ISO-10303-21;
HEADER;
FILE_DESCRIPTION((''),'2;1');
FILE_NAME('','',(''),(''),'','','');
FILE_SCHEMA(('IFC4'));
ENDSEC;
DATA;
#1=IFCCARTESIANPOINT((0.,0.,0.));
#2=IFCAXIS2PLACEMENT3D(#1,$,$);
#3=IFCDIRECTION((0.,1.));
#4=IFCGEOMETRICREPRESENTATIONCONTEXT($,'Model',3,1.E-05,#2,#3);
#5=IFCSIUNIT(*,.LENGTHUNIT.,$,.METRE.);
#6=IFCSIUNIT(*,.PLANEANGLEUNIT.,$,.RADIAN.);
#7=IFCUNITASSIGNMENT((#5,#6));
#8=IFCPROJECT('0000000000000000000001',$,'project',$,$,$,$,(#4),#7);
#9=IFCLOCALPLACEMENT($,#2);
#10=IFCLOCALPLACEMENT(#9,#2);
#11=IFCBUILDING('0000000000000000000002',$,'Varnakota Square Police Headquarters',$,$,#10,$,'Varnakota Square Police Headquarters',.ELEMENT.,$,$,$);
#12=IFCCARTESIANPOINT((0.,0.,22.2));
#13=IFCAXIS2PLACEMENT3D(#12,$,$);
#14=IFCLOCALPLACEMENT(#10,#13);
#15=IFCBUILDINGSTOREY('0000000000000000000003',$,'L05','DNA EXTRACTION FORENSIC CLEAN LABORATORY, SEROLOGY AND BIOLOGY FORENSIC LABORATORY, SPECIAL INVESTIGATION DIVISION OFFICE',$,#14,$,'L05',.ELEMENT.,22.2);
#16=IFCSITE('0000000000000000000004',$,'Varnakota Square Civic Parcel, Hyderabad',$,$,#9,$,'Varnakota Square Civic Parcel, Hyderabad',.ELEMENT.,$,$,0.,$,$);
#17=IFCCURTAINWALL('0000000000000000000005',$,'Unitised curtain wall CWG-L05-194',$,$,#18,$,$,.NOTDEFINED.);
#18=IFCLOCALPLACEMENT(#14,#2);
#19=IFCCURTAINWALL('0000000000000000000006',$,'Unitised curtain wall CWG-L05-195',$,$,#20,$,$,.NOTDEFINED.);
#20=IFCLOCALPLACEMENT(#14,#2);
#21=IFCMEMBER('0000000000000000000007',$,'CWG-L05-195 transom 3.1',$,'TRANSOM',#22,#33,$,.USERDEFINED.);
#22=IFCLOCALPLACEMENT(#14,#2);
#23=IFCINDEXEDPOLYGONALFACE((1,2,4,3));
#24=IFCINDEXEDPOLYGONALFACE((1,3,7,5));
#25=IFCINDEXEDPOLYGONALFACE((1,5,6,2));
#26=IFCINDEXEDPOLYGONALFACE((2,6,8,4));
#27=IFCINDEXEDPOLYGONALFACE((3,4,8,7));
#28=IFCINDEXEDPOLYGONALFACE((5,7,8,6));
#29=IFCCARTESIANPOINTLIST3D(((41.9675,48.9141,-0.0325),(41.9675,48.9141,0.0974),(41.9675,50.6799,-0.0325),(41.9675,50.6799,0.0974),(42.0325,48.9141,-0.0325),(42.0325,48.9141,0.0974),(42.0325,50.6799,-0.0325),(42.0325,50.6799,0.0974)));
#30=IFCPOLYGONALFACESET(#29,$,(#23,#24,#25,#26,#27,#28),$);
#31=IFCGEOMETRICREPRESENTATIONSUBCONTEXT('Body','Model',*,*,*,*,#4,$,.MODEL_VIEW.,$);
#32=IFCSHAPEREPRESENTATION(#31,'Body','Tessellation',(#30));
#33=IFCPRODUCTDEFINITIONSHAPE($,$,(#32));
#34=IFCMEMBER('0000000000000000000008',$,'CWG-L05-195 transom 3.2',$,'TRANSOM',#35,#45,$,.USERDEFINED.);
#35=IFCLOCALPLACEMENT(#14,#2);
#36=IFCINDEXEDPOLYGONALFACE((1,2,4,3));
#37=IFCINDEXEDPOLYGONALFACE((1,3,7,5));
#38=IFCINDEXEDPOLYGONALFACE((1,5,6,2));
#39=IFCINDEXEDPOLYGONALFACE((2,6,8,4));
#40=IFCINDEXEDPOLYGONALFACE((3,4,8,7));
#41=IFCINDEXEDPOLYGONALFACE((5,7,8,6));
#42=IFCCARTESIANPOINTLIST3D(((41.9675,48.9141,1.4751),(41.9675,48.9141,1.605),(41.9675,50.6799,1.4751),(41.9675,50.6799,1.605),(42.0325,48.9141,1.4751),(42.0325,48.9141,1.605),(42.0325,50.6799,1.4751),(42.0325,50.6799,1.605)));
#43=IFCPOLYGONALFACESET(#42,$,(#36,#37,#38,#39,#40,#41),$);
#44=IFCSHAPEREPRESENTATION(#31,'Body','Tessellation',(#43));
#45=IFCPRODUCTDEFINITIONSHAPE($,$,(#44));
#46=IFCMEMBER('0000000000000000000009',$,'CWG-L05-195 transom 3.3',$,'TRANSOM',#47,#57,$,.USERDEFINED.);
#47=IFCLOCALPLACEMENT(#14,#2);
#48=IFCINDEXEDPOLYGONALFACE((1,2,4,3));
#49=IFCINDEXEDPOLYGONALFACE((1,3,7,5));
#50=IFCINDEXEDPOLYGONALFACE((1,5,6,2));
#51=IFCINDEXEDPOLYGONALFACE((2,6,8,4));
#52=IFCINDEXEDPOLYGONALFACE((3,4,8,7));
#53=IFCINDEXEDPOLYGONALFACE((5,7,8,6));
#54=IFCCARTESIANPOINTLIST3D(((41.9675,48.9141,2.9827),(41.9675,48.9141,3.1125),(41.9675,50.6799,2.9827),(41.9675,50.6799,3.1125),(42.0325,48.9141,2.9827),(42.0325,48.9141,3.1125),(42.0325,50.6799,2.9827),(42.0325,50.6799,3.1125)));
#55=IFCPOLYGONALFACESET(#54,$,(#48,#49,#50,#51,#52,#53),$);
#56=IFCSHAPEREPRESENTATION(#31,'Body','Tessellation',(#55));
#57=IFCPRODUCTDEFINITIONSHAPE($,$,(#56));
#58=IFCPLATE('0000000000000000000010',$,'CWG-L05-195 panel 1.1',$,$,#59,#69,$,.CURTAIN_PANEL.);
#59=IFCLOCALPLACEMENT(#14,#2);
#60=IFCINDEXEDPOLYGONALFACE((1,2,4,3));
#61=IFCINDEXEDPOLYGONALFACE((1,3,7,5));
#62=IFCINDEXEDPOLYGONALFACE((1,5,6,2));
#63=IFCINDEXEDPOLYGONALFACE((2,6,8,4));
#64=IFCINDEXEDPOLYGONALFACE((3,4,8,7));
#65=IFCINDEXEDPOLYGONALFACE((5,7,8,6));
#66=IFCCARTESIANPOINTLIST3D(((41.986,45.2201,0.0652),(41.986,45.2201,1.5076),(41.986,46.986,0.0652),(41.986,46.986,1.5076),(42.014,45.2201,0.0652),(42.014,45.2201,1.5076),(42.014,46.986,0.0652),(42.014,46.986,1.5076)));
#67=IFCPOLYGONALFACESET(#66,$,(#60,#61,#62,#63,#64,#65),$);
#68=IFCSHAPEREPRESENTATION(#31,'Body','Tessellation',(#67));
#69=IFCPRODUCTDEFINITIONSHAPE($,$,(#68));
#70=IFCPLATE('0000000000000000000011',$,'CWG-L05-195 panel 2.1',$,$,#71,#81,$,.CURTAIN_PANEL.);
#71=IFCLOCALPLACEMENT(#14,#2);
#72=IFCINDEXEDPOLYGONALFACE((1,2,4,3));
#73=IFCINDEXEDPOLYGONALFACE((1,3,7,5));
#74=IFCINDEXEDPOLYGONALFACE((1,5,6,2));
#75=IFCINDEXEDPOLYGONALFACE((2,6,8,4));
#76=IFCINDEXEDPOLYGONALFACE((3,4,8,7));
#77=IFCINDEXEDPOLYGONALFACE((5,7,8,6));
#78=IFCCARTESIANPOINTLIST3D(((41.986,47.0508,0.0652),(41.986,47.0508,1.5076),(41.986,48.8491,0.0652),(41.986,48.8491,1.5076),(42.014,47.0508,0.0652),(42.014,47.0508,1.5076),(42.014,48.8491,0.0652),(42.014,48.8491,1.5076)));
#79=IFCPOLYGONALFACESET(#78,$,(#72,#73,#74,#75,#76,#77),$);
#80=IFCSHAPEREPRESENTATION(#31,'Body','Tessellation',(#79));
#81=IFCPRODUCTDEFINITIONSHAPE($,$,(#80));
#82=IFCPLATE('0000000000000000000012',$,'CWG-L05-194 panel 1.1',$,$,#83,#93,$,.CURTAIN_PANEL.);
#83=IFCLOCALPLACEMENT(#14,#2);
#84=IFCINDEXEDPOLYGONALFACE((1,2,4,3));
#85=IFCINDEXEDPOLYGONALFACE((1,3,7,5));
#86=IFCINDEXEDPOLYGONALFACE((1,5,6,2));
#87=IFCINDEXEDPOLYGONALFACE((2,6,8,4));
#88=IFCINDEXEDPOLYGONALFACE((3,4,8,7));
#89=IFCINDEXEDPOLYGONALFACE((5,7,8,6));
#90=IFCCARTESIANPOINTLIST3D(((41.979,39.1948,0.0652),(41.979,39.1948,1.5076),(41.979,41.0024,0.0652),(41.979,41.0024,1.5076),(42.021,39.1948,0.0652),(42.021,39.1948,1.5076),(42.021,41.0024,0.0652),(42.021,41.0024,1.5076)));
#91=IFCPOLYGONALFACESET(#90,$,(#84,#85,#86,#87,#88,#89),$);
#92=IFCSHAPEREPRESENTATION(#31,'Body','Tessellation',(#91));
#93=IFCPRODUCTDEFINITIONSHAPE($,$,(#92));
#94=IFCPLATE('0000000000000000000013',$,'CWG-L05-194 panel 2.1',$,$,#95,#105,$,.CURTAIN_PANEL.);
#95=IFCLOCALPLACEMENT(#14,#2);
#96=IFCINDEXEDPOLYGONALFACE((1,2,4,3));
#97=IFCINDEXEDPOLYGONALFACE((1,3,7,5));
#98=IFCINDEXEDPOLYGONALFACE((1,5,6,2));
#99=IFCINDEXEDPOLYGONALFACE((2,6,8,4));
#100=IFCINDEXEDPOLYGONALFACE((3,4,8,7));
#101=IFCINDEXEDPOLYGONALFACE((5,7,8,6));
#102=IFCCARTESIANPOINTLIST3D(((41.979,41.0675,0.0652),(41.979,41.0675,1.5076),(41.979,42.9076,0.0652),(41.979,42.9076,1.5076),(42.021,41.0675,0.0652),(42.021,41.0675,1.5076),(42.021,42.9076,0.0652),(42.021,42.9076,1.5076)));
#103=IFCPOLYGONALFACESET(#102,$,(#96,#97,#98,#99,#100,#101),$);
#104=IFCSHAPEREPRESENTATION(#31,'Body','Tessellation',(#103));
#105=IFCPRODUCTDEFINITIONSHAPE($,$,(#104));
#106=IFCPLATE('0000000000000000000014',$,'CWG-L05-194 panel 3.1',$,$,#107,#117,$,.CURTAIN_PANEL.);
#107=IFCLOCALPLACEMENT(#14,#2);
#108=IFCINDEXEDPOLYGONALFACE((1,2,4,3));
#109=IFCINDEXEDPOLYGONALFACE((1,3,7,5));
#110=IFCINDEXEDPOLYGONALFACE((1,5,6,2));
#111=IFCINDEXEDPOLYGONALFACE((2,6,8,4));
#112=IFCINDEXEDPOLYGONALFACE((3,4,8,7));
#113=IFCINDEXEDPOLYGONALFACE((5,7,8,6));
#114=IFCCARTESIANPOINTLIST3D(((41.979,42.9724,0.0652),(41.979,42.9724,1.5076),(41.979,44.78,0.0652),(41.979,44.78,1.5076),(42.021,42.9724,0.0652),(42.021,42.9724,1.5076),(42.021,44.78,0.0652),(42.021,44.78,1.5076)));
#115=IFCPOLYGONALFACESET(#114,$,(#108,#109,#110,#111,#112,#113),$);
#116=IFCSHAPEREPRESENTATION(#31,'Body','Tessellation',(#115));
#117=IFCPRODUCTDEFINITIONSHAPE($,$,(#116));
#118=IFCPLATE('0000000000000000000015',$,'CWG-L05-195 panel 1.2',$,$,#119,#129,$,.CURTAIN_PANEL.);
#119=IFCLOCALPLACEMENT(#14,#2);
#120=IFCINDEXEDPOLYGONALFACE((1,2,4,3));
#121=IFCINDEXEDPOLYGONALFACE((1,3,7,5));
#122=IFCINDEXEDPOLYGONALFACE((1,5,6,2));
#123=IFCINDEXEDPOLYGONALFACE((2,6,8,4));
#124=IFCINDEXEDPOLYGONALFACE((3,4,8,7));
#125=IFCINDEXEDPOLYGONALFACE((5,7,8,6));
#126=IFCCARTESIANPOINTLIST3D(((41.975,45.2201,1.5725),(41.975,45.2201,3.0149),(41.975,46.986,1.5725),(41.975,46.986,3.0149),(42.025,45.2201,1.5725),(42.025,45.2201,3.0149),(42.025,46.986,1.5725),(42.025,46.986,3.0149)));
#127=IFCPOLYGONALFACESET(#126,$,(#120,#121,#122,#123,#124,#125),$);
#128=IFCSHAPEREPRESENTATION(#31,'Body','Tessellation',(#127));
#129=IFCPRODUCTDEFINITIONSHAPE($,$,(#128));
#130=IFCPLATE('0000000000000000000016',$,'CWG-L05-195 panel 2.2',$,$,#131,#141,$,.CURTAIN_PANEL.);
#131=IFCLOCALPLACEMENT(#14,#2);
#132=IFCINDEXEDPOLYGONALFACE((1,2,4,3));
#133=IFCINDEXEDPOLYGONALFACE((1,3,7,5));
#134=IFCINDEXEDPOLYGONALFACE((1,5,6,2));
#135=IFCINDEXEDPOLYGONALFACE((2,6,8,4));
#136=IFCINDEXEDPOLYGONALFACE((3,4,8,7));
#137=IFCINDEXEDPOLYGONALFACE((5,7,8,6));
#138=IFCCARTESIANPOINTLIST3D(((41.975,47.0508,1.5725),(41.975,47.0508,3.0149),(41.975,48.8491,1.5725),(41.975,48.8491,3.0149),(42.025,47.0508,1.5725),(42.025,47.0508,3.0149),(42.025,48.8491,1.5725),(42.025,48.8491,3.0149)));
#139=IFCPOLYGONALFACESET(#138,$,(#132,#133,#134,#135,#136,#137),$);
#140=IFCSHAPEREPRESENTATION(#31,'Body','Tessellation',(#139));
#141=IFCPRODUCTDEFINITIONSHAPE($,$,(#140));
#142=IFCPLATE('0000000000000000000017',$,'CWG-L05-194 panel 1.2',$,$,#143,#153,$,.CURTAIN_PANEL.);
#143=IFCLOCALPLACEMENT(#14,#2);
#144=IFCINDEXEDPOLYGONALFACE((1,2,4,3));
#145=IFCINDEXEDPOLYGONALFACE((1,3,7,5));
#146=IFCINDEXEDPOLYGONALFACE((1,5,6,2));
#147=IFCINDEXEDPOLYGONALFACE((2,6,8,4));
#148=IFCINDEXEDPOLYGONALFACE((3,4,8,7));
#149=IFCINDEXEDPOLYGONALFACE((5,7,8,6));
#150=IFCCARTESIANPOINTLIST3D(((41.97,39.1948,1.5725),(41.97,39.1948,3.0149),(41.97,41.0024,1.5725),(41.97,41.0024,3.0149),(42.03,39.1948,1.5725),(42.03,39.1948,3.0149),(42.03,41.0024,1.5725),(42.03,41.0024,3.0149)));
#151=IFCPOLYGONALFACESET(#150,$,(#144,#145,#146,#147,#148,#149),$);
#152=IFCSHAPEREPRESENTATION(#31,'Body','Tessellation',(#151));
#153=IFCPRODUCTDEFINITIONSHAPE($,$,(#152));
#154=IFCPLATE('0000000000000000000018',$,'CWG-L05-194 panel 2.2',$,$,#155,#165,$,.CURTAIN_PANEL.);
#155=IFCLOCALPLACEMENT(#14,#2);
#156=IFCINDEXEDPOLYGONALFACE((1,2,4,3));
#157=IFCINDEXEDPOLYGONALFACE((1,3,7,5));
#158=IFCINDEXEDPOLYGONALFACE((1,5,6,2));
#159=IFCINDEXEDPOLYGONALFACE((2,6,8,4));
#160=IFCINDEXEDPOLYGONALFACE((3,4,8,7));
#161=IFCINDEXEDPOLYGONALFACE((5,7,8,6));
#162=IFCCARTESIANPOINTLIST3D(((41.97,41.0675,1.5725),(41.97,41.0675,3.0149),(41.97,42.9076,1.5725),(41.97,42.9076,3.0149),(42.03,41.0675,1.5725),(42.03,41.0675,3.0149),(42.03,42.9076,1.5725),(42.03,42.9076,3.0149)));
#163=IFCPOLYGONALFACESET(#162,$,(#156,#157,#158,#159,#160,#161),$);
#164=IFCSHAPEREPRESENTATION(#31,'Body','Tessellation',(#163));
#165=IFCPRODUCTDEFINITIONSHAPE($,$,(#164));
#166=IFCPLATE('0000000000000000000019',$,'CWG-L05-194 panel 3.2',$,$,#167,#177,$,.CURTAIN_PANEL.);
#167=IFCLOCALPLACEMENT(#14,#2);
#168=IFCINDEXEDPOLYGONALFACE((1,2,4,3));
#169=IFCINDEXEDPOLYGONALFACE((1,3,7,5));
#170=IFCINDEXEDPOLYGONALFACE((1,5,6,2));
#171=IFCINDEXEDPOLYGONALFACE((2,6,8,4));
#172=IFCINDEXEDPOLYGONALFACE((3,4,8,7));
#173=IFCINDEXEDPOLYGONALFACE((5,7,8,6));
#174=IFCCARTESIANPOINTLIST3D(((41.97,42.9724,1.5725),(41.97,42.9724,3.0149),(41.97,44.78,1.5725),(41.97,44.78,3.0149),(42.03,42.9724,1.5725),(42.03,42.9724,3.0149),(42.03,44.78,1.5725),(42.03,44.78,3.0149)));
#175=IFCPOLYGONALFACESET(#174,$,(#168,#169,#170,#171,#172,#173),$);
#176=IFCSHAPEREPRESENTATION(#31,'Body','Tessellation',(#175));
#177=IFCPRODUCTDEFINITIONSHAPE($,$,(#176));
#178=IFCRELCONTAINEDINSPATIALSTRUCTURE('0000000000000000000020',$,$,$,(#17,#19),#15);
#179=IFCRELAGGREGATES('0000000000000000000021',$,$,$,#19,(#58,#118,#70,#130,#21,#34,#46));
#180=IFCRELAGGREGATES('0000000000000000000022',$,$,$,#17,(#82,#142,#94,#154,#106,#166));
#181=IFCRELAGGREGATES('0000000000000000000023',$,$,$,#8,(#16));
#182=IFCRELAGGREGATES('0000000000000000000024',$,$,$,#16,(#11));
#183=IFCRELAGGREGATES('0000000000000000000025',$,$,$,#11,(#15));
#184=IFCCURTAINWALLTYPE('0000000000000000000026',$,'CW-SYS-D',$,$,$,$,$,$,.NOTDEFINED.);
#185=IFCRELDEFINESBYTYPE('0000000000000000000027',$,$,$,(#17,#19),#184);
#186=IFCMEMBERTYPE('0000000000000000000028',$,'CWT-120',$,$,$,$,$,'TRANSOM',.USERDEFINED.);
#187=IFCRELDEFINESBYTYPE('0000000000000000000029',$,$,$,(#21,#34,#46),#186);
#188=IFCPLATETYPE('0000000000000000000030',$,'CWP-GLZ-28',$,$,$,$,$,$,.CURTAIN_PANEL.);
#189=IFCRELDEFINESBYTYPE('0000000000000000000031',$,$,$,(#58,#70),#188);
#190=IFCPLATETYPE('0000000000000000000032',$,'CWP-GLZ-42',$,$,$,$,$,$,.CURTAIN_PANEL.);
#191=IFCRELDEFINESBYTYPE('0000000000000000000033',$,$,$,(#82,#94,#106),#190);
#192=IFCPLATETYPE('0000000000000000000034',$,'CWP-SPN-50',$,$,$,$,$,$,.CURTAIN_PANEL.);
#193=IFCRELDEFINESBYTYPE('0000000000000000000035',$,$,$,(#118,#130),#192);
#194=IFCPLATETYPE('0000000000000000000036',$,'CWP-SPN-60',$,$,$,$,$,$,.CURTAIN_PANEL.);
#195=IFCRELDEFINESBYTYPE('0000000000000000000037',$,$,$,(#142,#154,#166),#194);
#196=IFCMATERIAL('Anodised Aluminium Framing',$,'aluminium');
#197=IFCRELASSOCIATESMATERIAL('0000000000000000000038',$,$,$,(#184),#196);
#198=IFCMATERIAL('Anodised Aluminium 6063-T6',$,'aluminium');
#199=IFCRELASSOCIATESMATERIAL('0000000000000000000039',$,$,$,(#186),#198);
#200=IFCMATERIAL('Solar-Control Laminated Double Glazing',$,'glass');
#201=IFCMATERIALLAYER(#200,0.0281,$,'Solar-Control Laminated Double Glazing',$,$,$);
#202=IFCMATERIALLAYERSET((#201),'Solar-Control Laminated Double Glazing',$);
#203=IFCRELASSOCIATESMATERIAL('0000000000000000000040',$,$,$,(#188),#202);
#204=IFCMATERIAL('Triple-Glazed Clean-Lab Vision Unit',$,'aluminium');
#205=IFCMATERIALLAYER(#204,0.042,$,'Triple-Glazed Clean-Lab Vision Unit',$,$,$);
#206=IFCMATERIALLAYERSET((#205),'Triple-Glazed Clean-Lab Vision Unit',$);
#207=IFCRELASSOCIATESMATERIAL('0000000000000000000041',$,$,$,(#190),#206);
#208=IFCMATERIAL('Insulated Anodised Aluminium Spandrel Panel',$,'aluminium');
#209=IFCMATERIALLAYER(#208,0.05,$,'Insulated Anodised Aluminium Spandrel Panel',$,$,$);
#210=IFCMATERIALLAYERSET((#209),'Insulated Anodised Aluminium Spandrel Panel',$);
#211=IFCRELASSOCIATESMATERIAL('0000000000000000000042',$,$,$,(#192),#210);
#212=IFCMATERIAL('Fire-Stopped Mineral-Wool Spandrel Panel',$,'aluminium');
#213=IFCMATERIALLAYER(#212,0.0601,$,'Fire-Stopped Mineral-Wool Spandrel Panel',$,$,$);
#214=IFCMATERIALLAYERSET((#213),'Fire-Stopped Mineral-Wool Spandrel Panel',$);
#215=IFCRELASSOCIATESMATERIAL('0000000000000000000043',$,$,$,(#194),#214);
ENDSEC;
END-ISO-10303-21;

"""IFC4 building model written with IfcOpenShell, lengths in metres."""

from ifc_helpers import new_model, si_unit, direction, frame, origin, origin_2d, place, context, subcontext, project, spatial, rectangle, extrude, material, layer, layer_set, material_profile, profile_set, type_object, element, aggregate, save


model = new_model("IFC4")

# Units and contexts
model_context = context("Model", 3, precision=1e-05, world=origin(), true_north=direction((0.0, 1.0)))
body_context = subcontext(model_context, "Body", "Model", "MODEL_VIEW")
ifc_project = project(units=[si_unit("LENGTHUNIT", "METRE"), si_unit("PLANEANGLEUNIT", "RADIAN")], contexts=[model_context])

# Site, building, storey
site_placement = place(None, origin())
site = spatial("IfcSite", under=ifc_project, at=site_placement, Name="Varnakota Square Civic Parcel, Hyderabad", LongName="Varnakota Square Civic Parcel, Hyderabad", CompositionType="ELEMENT", RefElevation=0.0)
building_placement = place(site_placement, origin())
building = spatial("IfcBuilding", under=site, at=building_placement, Name="Varnakota Square Police Headquarters", LongName="Varnakota Square Police Headquarters", CompositionType="ELEMENT")
storey_placement = place(building_placement, frame((0.0, 0.0, 22.2)))
storey = spatial("IfcBuildingStorey", under=building, at=storey_placement, Name="L05", Description="DNA EXTRACTION FORENSIC CLEAN LABORATORY, SEROLOGY AND BIOLOGY FORENSIC LABORATORY, SPECIAL INVESTIGATION DIVISION OFFICE", LongName="L05", CompositionType="ELEMENT", Elevation=22.2)

# Curtain walls
ifc_material_1 = material(Name="Anodised Aluminium Framing", Category="aluminium")
curtain_wall_type = type_object("IfcCurtainWallType", Name="CW-SYS-D", PredefinedType="NOTDEFINED", material=ifc_material_1)
curtain_wall_1_placement = place(storey_placement, origin())
curtain_wall_1 = element("IfcCurtainWall", 1, at=curtain_wall_1_placement, inside=storey, type_object=curtain_wall_type, Name="Unitised curtain wall CWG-L05-194", PredefinedType="NOTDEFINED")
ifc_material_2 = material(Name="Anodised Aluminium 6063-T6", Category="aluminium")
curtain_wall_2_placement = place(storey_placement, origin())
curtain_wall_2 = element("IfcCurtainWall", 2, at=curtain_wall_2_placement, inside=storey, type_object=curtain_wall_type, Name="Unitised curtain wall CWG-L05-195", PredefinedType="NOTDEFINED")

# Members
ifc_material_profile_1 = material_profile(ifc_material_2, rectangle(XDim=0.0649, YDim=0.1299, at=origin_2d()), Name="ALU TRANSOM 65x130")
ifc_profile_set_1 = profile_set([ifc_material_profile_1], Name="Anodised Aluminium 6063-T6")
member_type_1 = type_object("IfcMemberType", Name="CWT-120", ElementType="TRANSOM", PredefinedType="USERDEFINED", material=ifc_profile_set_1)
member_1_placement = place(storey_placement, frame((42.0, 48.9141, 0.0325), z_axis=(0.0, 1.0, 0.0), x_axis=(-1.0, 0.0, 0.0)))
member_1 = element("IfcMember", 3, at=member_1_placement, type_object=member_type_1, Name="CWG-L05-195 transom 3.1", ObjectType="TRANSOM", PredefinedType="USERDEFINED", context=body_context, shape_type="SweptSolid", body=[
    extrude(rectangle(XDim=0.0649, YDim=0.1299, at=origin_2d()), origin(), (0.0, 0.0, 1.0), 1.7659),
])
member_2_placement = place(storey_placement, frame((42.0, 48.9141, 1.54), z_axis=(0.0, 1.0, 0.0), x_axis=(-1.0, 0.0, 0.0)))
member_2 = element("IfcMember", 4, at=member_2_placement, type_object=member_type_1, Name="CWG-L05-195 transom 3.2", ObjectType="TRANSOM", PredefinedType="USERDEFINED", context=body_context, shape_type="SweptSolid", body=[
    extrude(rectangle(XDim=0.0649, YDim=0.1299, at=origin_2d()), origin(), (0.0, 0.0, 1.0), 1.7659),
])
member_3_placement = place(storey_placement, frame((42.0, 48.9141, 3.0476), z_axis=(0.0, 1.0, 0.0), x_axis=(-1.0, 0.0, 0.0)))
member_3 = element("IfcMember", 5, at=member_3_placement, type_object=member_type_1, Name="CWG-L05-195 transom 3.3", ObjectType="TRANSOM", PredefinedType="USERDEFINED", context=body_context, shape_type="SweptSolid", body=[
    extrude(rectangle(XDim=0.0649, YDim=0.1299, at=origin_2d()), origin(), (0.0, 0.0, 1.0), 1.7659),
])

# Plates
ifc_material_3 = material(Name="Solar-Control Laminated Double Glazing", Category="glass")
ifc_layer_1 = layer(ifc_material_3, 0.0281, Name="Solar-Control Laminated Double Glazing")
ifc_layer_set_1 = layer_set([ifc_layer_1], Name="Solar-Control Laminated Double Glazing")
plate_type_1 = type_object("IfcPlateType", Name="CWP-GLZ-28", PredefinedType="CURTAIN_PANEL", material=ifc_layer_set_1)
plate_1_placement = place(storey_placement, frame((42.0, 46.103, 0.0652), z_axis=(0.0, 0.0, 1.0), x_axis=(0.0, 1.0, 0.0)))
plate_1 = element("IfcPlate", 6, at=plate_1_placement, type_object=plate_type_1, Name="CWG-L05-195 panel 1.1", PredefinedType="CURTAIN_PANEL", context=body_context, shape_type="SweptSolid", body=[
    extrude(rectangle(XDim=1.7659, YDim=0.0281, at=origin_2d()), origin(), (0.0, 0.0, 1.0), 1.4424),
])
plate_2_placement = place(storey_placement, frame((42.0, 47.95, 0.0652), z_axis=(0.0, 0.0, 1.0), x_axis=(0.0, 1.0, 0.0)))
plate_2 = element("IfcPlate", 7, at=plate_2_placement, type_object=plate_type_1, Name="CWG-L05-195 panel 2.1", PredefinedType="CURTAIN_PANEL", context=body_context, shape_type="SweptSolid", body=[
    extrude(rectangle(XDim=1.7983, YDim=0.0281, at=origin_2d()), origin(), (0.0, 0.0, 1.0), 1.4424),
])
ifc_material_4 = material(Name="Triple-Glazed Clean-Lab Vision Unit", Category="aluminium")
ifc_layer_2 = layer(ifc_material_4, 0.042, Name="Triple-Glazed Clean-Lab Vision Unit")
ifc_layer_set_2 = layer_set([ifc_layer_2], Name="Triple-Glazed Clean-Lab Vision Unit")
plate_type_2 = type_object("IfcPlateType", Name="CWP-GLZ-42", PredefinedType="CURTAIN_PANEL", material=ifc_layer_set_2)
plate_3_placement = place(storey_placement, frame((42.0, 40.0986, 0.0652), z_axis=(0.0, 0.0, 1.0), x_axis=(0.0, 1.0, 0.0)))
plate_3 = element("IfcPlate", 8, at=plate_3_placement, type_object=plate_type_2, Name="CWG-L05-194 panel 1.1", PredefinedType="CURTAIN_PANEL", context=body_context, shape_type="SweptSolid", body=[
    extrude(rectangle(XDim=1.8076, YDim=0.042, at=origin_2d()), origin(), (0.0, 0.0, 1.0), 1.4424),
])
plate_4_placement = place(storey_placement, frame((42.0, 41.9875, 0.0652), z_axis=(0.0, 0.0, 1.0), x_axis=(0.0, 1.0, 0.0)))
plate_4 = element("IfcPlate", 9, at=plate_4_placement, type_object=plate_type_2, Name="CWG-L05-194 panel 2.1", PredefinedType="CURTAIN_PANEL", context=body_context, shape_type="SweptSolid", body=[
    extrude(rectangle(XDim=1.8401, YDim=0.042, at=origin_2d()), origin(), (0.0, 0.0, 1.0), 1.4424),
])
plate_5_placement = place(storey_placement, frame((42.0, 43.8762, 0.0652), z_axis=(0.0, 0.0, 1.0), x_axis=(0.0, 1.0, 0.0)))
plate_5 = element("IfcPlate", 10, at=plate_5_placement, type_object=plate_type_2, Name="CWG-L05-194 panel 3.1", PredefinedType="CURTAIN_PANEL", context=body_context, shape_type="SweptSolid", body=[
    extrude(rectangle(XDim=1.8076, YDim=0.042, at=origin_2d()), origin(), (0.0, 0.0, 1.0), 1.4424),
])
ifc_material_5 = material(Name="Insulated Anodised Aluminium Spandrel Panel", Category="aluminium")
ifc_layer_3 = layer(ifc_material_5, 0.05, Name="Insulated Anodised Aluminium Spandrel Panel")
ifc_layer_set_3 = layer_set([ifc_layer_3], Name="Insulated Anodised Aluminium Spandrel Panel")
plate_type_3 = type_object("IfcPlateType", Name="CWP-SPN-50", PredefinedType="CURTAIN_PANEL", material=ifc_layer_set_3)
plate_6_placement = place(storey_placement, frame((42.0, 46.103, 1.5725), z_axis=(0.0, 0.0, 1.0), x_axis=(0.0, 1.0, 0.0)))
plate_6 = element("IfcPlate", 11, at=plate_6_placement, type_object=plate_type_3, Name="CWG-L05-195 panel 1.2", PredefinedType="CURTAIN_PANEL", context=body_context, shape_type="SweptSolid", body=[
    extrude(rectangle(XDim=1.7659, YDim=0.05, at=origin_2d()), origin(), (0.0, 0.0, 1.0), 1.4424),
])
plate_7_placement = place(storey_placement, frame((42.0, 47.95, 1.5725), z_axis=(0.0, 0.0, 1.0), x_axis=(0.0, 1.0, 0.0)))
plate_7 = element("IfcPlate", 12, at=plate_7_placement, type_object=plate_type_3, Name="CWG-L05-195 panel 2.2", PredefinedType="CURTAIN_PANEL", context=body_context, shape_type="SweptSolid", body=[
    extrude(rectangle(XDim=1.7983, YDim=0.05, at=origin_2d()), origin(), (0.0, 0.0, 1.0), 1.4424),
])
aggregate(curtain_wall_2, [plate_1, plate_6, plate_2, plate_7, member_1, member_2, member_3])
ifc_material_6 = material(Name="Fire-Stopped Mineral-Wool Spandrel Panel", Category="aluminium")
ifc_layer_4 = layer(ifc_material_6, 0.0601, Name="Fire-Stopped Mineral-Wool Spandrel Panel")
ifc_layer_set_4 = layer_set([ifc_layer_4], Name="Fire-Stopped Mineral-Wool Spandrel Panel")
plate_type_4 = type_object("IfcPlateType", Name="CWP-SPN-60", PredefinedType="CURTAIN_PANEL", material=ifc_layer_set_4)
plate_8_placement = place(storey_placement, frame((42.0, 40.0986, 1.5725), z_axis=(0.0, 0.0, 1.0), x_axis=(0.0, 1.0, 0.0)))
plate_8 = element("IfcPlate", 13, at=plate_8_placement, type_object=plate_type_4, Name="CWG-L05-194 panel 1.2", PredefinedType="CURTAIN_PANEL", context=body_context, shape_type="SweptSolid", body=[
    extrude(rectangle(XDim=1.8076, YDim=0.0601, at=origin_2d()), origin(), (0.0, 0.0, 1.0), 1.4424),
])
plate_9_placement = place(storey_placement, frame((42.0, 41.9875, 1.5725), z_axis=(0.0, 0.0, 1.0), x_axis=(0.0, 1.0, 0.0)))
plate_9 = element("IfcPlate", 14, at=plate_9_placement, type_object=plate_type_4, Name="CWG-L05-194 panel 2.2", PredefinedType="CURTAIN_PANEL", context=body_context, shape_type="SweptSolid", body=[
    extrude(rectangle(XDim=1.8401, YDim=0.0601, at=origin_2d()), origin(), (0.0, 0.0, 1.0), 1.4424),
])
plate_10_placement = place(storey_placement, frame((42.0, 43.8762, 1.5725), z_axis=(0.0, 0.0, 1.0), x_axis=(0.0, 1.0, 0.0)))
plate_10 = element("IfcPlate", 15, at=plate_10_placement, type_object=plate_type_4, Name="CWG-L05-194 panel 3.2", PredefinedType="CURTAIN_PANEL", context=body_context, shape_type="SweptSolid", body=[
    extrude(rectangle(XDim=1.8076, YDim=0.0601, at=origin_2d()), origin(), (0.0, 0.0, 1.0), 1.4424),
])
aggregate(curtain_wall_1, [plate_3, plate_8, plate_4, plate_9, plate_5, plate_10])

save(model, "model.ifc")
